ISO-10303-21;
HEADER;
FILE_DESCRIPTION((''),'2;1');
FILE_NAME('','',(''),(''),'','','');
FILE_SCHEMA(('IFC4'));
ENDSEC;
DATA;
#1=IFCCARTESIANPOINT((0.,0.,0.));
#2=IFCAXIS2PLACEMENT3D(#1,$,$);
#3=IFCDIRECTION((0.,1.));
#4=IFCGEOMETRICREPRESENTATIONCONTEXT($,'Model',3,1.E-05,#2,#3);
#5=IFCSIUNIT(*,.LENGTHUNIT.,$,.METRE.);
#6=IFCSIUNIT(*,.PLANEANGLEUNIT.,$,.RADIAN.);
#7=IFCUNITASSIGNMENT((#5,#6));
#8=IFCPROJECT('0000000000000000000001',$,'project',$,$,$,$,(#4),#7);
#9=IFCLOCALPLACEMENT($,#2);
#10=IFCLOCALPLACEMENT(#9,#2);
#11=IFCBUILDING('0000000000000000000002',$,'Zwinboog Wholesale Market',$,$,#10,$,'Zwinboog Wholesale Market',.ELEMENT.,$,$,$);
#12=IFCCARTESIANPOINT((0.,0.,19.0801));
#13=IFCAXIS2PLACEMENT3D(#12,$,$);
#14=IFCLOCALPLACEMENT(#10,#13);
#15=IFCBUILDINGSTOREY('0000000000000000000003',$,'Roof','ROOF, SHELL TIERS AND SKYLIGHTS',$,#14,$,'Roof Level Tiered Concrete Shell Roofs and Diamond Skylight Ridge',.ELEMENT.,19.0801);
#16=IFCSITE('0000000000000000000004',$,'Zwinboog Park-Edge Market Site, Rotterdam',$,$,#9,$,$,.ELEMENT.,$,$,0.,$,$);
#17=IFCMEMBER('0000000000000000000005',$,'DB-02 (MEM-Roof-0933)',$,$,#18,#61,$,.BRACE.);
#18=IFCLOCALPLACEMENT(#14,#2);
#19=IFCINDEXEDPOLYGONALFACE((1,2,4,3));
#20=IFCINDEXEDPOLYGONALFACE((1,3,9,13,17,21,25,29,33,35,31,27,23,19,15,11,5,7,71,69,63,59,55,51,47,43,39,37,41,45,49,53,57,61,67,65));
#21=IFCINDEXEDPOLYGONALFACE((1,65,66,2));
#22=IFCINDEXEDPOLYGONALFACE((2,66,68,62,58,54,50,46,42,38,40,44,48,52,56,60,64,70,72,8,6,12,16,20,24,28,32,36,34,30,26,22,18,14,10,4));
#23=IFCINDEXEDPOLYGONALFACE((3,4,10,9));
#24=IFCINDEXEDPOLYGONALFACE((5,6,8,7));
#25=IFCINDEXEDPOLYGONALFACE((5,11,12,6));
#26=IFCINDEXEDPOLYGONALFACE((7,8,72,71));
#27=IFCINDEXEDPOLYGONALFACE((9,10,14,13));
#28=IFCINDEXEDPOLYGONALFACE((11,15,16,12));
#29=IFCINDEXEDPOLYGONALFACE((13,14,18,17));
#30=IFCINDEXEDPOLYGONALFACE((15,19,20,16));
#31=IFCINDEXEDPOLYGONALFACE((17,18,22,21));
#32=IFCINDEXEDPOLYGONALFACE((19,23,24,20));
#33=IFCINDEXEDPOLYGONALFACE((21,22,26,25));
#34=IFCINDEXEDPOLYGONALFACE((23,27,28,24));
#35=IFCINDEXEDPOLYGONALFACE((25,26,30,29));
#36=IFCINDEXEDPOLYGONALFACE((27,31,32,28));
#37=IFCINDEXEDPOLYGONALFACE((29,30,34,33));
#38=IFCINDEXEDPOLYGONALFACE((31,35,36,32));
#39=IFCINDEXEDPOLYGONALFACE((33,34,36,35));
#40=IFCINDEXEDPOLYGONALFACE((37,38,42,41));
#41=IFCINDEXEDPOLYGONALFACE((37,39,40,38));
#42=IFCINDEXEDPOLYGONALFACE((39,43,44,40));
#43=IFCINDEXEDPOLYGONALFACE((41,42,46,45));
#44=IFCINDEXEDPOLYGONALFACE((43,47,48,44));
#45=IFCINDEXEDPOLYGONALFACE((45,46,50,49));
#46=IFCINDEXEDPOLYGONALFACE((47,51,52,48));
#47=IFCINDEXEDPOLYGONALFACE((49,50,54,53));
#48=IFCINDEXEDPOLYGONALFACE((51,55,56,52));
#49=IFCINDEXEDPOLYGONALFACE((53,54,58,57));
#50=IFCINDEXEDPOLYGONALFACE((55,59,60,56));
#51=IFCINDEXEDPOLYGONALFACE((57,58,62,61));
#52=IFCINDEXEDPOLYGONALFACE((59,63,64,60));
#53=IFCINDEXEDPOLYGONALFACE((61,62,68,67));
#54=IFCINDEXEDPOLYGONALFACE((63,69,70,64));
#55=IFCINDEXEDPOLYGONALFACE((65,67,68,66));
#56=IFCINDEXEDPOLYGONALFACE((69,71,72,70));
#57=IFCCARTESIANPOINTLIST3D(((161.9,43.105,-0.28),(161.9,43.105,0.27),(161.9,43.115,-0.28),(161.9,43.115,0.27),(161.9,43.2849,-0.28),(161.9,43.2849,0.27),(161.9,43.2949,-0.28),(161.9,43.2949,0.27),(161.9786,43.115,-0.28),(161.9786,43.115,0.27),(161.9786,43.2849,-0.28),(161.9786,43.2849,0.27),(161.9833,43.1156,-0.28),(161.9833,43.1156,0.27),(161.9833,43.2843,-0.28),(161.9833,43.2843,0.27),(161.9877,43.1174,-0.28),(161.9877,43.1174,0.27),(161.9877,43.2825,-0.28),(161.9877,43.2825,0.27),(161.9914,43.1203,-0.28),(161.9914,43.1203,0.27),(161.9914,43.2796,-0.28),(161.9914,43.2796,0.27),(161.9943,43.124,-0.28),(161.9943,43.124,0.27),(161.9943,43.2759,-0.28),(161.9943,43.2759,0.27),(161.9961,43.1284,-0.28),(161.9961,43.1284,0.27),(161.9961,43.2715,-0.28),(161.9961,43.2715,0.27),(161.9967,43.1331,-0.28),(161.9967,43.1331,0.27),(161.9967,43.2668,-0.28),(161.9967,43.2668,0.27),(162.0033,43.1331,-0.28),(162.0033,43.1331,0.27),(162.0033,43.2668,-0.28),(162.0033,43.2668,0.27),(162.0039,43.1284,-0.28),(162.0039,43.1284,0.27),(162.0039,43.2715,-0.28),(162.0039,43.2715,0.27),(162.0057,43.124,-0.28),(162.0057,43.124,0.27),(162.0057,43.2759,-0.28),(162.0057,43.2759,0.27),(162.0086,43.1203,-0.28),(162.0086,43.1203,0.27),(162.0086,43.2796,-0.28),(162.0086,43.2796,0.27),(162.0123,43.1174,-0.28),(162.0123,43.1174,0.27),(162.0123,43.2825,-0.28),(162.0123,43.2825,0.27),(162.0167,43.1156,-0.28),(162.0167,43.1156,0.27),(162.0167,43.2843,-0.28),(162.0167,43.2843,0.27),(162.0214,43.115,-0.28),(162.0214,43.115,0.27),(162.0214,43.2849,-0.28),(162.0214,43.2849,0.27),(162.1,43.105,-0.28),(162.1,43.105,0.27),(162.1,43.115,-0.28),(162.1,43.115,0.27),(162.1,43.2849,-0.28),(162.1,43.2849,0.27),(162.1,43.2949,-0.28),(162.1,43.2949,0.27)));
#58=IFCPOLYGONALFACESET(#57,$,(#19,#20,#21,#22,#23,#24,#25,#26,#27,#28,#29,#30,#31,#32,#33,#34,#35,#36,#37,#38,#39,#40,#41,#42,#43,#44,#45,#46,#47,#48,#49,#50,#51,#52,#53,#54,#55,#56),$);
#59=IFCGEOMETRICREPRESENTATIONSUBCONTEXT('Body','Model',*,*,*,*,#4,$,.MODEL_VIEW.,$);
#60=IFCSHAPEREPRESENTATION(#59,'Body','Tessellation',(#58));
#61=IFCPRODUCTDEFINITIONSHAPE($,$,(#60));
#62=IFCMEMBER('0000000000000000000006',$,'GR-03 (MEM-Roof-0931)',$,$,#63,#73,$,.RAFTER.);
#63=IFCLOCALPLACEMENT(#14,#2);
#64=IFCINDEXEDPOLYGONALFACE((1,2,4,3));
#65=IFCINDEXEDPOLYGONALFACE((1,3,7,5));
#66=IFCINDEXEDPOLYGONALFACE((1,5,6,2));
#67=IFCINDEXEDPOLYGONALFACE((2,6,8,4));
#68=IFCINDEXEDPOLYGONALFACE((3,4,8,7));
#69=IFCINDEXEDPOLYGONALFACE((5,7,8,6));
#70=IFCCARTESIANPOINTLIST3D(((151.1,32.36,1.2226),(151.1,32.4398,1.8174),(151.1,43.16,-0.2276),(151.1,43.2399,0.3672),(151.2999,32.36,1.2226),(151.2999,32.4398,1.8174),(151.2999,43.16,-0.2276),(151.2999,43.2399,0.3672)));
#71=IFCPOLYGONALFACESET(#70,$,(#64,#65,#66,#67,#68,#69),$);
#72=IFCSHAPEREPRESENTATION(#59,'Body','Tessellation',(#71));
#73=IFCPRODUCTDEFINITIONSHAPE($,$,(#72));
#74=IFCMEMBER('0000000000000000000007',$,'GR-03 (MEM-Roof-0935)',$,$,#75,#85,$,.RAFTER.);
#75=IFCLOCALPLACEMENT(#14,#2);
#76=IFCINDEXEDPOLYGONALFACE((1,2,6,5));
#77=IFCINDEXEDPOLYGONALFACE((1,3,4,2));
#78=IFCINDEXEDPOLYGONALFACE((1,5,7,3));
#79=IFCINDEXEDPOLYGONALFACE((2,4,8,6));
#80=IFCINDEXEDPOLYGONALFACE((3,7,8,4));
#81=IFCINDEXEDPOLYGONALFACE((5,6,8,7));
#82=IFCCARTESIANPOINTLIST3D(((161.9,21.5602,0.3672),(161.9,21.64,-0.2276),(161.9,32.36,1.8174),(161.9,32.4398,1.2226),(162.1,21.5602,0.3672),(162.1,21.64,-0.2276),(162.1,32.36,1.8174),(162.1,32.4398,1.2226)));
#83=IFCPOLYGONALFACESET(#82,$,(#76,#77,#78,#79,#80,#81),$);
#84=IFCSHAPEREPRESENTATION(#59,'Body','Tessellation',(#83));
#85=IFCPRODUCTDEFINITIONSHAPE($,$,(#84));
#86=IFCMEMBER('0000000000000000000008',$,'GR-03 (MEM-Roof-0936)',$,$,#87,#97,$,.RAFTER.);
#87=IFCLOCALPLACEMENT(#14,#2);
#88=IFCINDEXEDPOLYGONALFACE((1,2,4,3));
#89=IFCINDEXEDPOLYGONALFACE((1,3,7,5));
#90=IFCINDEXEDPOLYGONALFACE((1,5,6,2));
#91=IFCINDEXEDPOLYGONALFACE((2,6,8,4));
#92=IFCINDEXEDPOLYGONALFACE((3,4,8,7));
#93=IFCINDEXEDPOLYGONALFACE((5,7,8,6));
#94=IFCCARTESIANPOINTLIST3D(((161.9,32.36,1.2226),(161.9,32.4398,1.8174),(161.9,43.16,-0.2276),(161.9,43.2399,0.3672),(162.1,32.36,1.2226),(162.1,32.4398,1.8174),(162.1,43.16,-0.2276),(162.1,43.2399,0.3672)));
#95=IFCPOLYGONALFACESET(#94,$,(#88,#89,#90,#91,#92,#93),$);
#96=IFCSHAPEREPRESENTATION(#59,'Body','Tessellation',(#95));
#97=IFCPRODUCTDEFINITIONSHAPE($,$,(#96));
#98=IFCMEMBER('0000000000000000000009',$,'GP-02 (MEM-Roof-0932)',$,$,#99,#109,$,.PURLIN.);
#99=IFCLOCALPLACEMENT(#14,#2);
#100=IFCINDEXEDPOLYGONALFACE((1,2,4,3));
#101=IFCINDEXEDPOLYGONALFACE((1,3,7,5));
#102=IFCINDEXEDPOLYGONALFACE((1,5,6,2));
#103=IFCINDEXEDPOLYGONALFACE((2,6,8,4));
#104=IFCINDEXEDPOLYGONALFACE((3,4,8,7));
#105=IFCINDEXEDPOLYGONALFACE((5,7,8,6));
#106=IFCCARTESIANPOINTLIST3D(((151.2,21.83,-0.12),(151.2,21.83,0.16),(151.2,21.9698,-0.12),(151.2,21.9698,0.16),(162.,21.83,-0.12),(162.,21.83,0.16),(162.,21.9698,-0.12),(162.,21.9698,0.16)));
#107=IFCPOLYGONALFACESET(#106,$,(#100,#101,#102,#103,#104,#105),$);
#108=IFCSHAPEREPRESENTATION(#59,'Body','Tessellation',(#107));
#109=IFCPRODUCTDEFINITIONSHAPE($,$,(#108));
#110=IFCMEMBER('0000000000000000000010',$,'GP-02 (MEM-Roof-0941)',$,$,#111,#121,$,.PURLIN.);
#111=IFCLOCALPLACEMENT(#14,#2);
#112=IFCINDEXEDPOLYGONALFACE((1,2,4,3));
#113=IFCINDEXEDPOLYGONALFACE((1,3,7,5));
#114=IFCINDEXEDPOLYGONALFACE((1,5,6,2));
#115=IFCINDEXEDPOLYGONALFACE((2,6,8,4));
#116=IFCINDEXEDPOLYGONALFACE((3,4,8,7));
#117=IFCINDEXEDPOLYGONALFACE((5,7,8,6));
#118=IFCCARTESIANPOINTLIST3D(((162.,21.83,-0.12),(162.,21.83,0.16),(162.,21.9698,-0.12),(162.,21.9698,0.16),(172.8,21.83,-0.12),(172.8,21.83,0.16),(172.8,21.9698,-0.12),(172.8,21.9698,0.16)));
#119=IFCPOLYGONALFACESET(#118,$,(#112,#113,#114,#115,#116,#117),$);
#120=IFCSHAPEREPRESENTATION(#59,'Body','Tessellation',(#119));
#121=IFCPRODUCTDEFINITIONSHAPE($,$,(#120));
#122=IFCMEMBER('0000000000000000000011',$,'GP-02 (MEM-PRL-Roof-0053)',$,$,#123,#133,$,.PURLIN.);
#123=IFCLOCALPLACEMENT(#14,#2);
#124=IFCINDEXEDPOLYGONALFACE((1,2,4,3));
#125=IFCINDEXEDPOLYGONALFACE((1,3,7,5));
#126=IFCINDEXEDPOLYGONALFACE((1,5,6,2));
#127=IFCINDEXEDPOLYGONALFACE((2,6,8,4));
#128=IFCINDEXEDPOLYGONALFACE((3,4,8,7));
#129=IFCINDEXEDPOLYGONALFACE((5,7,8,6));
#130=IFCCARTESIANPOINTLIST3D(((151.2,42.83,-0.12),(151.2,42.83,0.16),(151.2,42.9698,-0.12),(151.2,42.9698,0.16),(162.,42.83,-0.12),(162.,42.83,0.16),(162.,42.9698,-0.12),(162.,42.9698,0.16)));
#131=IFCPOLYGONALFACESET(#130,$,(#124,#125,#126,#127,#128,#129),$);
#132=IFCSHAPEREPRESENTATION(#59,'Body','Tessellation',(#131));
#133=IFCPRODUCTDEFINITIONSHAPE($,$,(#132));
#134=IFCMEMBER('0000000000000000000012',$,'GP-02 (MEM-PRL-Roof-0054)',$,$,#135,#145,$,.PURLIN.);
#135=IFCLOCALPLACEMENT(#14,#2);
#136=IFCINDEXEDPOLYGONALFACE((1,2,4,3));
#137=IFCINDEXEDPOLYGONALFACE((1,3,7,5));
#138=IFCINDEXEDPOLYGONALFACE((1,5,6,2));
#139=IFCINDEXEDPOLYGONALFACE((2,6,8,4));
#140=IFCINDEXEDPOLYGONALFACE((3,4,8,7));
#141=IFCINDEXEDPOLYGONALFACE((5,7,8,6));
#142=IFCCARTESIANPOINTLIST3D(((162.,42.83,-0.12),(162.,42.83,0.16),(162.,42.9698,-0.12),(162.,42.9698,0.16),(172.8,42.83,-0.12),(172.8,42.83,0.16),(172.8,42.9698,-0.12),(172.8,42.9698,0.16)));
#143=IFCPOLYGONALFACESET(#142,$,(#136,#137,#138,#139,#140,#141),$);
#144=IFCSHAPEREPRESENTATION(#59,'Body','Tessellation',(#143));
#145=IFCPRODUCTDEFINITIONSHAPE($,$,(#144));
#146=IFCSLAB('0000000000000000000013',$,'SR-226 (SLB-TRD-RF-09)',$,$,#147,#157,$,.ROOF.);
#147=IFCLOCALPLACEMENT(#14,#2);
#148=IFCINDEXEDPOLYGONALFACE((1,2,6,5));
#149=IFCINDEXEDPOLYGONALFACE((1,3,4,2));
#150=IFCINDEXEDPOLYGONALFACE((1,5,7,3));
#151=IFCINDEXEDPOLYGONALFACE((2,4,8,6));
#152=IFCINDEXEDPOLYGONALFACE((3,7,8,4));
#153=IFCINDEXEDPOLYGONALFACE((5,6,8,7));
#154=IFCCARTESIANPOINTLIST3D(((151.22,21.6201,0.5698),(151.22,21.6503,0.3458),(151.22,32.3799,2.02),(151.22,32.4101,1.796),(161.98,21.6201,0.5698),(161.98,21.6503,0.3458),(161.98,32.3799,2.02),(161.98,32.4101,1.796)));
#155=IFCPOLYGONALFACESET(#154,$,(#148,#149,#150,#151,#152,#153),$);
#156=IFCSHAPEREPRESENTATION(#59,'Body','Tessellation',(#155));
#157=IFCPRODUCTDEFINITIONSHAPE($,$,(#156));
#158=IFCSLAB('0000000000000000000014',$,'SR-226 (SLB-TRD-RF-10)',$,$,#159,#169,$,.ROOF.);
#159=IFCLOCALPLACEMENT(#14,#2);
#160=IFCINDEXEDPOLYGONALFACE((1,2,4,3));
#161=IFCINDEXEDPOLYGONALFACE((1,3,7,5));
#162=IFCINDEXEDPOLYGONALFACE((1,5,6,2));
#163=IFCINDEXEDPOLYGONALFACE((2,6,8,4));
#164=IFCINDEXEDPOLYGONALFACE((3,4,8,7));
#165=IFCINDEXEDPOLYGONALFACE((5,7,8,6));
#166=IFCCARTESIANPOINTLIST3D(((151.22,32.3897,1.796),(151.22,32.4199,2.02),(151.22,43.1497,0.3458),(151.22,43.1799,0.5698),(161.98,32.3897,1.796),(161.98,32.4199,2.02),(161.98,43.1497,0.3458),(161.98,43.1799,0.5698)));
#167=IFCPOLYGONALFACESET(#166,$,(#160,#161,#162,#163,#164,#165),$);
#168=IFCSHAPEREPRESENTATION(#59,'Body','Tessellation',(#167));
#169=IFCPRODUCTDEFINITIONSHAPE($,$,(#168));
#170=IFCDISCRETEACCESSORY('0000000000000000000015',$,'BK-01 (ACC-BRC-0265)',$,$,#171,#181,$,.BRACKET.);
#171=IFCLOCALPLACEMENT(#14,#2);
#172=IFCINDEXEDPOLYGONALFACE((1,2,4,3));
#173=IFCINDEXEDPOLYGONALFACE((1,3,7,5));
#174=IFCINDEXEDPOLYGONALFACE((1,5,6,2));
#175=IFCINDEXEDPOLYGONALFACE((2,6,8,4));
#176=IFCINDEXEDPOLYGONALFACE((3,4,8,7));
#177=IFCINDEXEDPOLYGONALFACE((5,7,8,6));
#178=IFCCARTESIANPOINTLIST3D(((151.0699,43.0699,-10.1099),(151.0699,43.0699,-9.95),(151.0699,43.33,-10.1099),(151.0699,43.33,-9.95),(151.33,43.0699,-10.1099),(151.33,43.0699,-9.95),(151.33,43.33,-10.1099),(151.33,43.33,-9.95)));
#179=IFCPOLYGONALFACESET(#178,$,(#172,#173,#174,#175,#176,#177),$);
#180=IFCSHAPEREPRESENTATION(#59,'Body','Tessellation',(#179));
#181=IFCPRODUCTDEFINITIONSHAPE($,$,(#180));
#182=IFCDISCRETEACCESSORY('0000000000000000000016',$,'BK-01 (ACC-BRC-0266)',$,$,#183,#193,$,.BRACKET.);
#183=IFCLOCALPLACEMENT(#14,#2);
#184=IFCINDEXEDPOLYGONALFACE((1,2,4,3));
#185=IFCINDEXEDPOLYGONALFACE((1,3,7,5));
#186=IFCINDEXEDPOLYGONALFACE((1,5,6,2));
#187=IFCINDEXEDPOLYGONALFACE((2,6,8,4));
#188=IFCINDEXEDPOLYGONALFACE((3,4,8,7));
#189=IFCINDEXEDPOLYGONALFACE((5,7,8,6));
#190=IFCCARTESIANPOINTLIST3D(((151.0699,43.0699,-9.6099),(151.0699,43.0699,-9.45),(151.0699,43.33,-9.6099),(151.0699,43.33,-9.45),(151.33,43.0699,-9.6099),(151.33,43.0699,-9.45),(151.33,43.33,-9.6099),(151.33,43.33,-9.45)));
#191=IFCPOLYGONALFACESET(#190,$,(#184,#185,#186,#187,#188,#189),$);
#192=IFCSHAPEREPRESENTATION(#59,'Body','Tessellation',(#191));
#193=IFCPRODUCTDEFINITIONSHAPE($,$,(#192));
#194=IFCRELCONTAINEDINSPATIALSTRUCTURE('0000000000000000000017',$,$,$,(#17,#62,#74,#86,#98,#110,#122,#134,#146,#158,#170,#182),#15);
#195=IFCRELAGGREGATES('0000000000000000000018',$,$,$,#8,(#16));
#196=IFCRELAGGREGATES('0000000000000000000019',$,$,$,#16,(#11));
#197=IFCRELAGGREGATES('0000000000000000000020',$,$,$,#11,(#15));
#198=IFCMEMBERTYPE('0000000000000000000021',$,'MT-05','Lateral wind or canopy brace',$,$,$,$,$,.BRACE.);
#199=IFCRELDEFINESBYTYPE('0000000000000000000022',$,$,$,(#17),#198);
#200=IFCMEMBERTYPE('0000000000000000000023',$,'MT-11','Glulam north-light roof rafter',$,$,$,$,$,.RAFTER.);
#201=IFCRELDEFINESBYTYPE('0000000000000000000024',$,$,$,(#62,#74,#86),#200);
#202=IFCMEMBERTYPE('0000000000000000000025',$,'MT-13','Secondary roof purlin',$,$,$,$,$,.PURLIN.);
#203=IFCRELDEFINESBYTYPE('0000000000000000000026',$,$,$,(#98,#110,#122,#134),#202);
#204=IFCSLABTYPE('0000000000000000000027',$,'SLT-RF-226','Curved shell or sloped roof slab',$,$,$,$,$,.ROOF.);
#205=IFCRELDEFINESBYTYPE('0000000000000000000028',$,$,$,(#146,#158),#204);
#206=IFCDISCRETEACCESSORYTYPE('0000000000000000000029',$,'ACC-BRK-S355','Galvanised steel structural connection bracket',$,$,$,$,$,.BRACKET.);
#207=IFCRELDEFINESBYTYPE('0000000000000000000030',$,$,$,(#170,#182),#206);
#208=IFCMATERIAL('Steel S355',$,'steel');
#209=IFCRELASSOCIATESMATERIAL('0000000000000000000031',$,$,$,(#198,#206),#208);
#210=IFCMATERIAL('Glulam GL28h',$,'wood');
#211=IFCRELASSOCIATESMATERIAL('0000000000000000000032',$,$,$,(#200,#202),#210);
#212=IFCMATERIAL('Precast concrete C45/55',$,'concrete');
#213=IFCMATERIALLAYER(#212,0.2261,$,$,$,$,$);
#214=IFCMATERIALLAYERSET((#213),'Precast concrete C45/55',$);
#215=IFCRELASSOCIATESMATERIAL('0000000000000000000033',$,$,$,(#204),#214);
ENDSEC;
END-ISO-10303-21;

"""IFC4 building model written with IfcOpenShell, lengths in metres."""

from ifc_helpers import new_model, si_unit, direction, frame, origin, origin_2d, place, context, subcontext, project, spatial, polyline, rectangle, i_section, outline, extrude, material, layer, layer_set, material_profile, profile_set, type_object, element, save


model = new_model("IFC4")

# Units and contexts
model_context = context("Model", 3, precision=1e-05, world=origin(), true_north=direction((0.0, 1.0)))
body_context = subcontext(model_context, "Body", "Model", "MODEL_VIEW")
ifc_project = project(units=[si_unit("LENGTHUNIT", "METRE"), si_unit("PLANEANGLEUNIT", "RADIAN")], contexts=[model_context])

# Site, building, storey
site_placement = place(None, origin())
site = spatial("IfcSite", under=ifc_project, at=site_placement, Name="Zwinboog Park-Edge Market Site, Rotterdam", CompositionType="ELEMENT", RefElevation=0.0)
building_placement = place(site_placement, origin())
building = spatial("IfcBuilding", under=site, at=building_placement, Name="Zwinboog Wholesale Market", LongName="Zwinboog Wholesale Market", CompositionType="ELEMENT")
storey_placement = place(building_placement, frame((0.0, 0.0, 19.0801)))
storey = spatial("IfcBuildingStorey", under=building, at=storey_placement, Name="Roof", Description="ROOF, SHELL TIERS AND SKYLIGHTS", LongName="Roof Level Tiered Concrete Shell Roofs and Diamond Skylight Ridge", CompositionType="ELEMENT", Elevation=19.0801)

# Shared definitions
ifc_material_1 = material(Name="Precast concrete C45/55", Category="concrete")

# Members
ifc_material_2 = material(Name="Steel S355", Category="steel")
ifc_material_profile_1 = material_profile(ifc_material_2, i_section(OverallWidth=0.2, OverallDepth=0.1899, WebThickness=0.0066, FlangeThickness=0.01, FilletRadius=0.0181, at=origin_2d()), Name="HEA 200")
ifc_profile_set_1 = profile_set([ifc_material_profile_1], Name="Steel S355")
member_type_1 = type_object("IfcMemberType", Name="MT-05", Description="Lateral wind or canopy brace", PredefinedType="BRACE", material=ifc_profile_set_1)
for number, where, z_axis, x_axis, name in (
    (1, (162.0, 43.2, -0.28), (0.0, 0.0, 1.0), (1.0, 0.0, 0.0), "DB-02 (MEM-Roof-0933)"),
):
    element("IfcMember", number, at=place(storey_placement, frame(where, z_axis=z_axis, x_axis=x_axis)), inside=storey, type_object=member_type_1, Name=name, PredefinedType="BRACE", context=body_context, shape_type="SweptSolid", body=[
        extrude(i_section(OverallWidth=0.2, OverallDepth=0.1899, WebThickness=0.0066, FlangeThickness=0.01, FilletRadius=0.0181, at=origin_2d()), origin(), (0.0, 0.0, 1.0), 0.55),
    ])
ifc_material_3 = material(Name="Glulam GL28h", Category="wood")
ifc_material_profile_2 = material_profile(ifc_material_3, rectangle(XDim=0.2, YDim=0.6001, at=origin_2d()), Name="GL28h 200x600")
ifc_profile_set_2 = profile_set([ifc_material_profile_2], Name="Glulam GL28h")
member_type_2 = type_object("IfcMemberType", Name="MT-11", Description="Glulam north-light roof rafter", PredefinedType="RAFTER", material=ifc_profile_set_2)
member_1_placement = place(storey_placement, frame((151.2, 32.3999, 1.52), z_axis=(0.0, 0.991105, -0.133082), x_axis=(-1.0, 0.0, 0.0)))
element("IfcMember", 2, at=member_1_placement, inside=storey, type_object=member_type_2, Name="GR-03 (MEM-Roof-0931)", PredefinedType="RAFTER", context=body_context, shape_type="SweptSolid", body=[
    extrude(rectangle(XDim=0.2, YDim=0.6001, at=origin_2d()), origin(), (0.0, 0.0, 1.0), 10.897),
])
member_2_placement = place(storey_placement, frame((162.0, 21.6001, 0.0698), z_axis=(0.0, 0.991105, 0.133085), x_axis=(-1.0, 0.0, 0.0)))
element("IfcMember", 3, at=member_2_placement, inside=storey, type_object=member_type_2, Name="GR-03 (MEM-Roof-0935)", PredefinedType="RAFTER", context=body_context, shape_type="SweptSolid", body=[
    extrude(rectangle(XDim=0.2, YDim=0.6001, at=origin_2d()), origin(), (0.0, 0.0, 1.0), 10.8967),
])
member_3_placement = place(storey_placement, frame((162.0, 32.3999, 1.52), z_axis=(0.0, 0.991105, -0.133082), x_axis=(-1.0, 0.0, 0.0)))
element("IfcMember", 4, at=member_3_placement, inside=storey, type_object=member_type_2, Name="GR-03 (MEM-Roof-0936)", PredefinedType="RAFTER", context=body_context, shape_type="SweptSolid", body=[
    extrude(rectangle(XDim=0.2, YDim=0.6001, at=origin_2d()), origin(), (0.0, 0.0, 1.0), 10.897),
])
ifc_material_profile_3 = material_profile(ifc_material_3, rectangle(XDim=0.1399, YDim=0.28, at=origin_2d()), Name="GL28h 140x280")
ifc_profile_set_3 = profile_set([ifc_material_profile_3], Name="Glulam GL28h")
member_type_3 = type_object("IfcMemberType", Name="MT-13", Description="Secondary roof purlin", PredefinedType="PURLIN", material=ifc_profile_set_3)
for number, where, z_axis, x_axis, name in (
    (5, (151.2, 21.8999, 0.02), (1.0, 0.0, 0.0), (0.0, 1.0, 0.0), "GP-02 (MEM-Roof-0932)"),
    (6, (162.0, 21.8999, 0.02), (1.0, 0.0, 0.0), (0.0, 1.0, 0.0), "GP-02 (MEM-Roof-0941)"),
    (7, (151.2, 42.8999, 0.02), (1.0, 0.0, 0.0), (0.0, 1.0, 0.0), "GP-02 (MEM-PRL-Roof-0053)"),
    (8, (162.0, 42.8999, 0.02), (1.0, 0.0, 0.0), (0.0, 1.0, 0.0), "GP-02 (MEM-PRL-Roof-0054)"),
):
    element("IfcMember", number, at=place(storey_placement, frame(where, z_axis=z_axis, x_axis=x_axis)), inside=storey, type_object=member_type_3, Name=name, PredefinedType="PURLIN", context=body_context, shape_type="SweptSolid", body=[
        extrude(rectangle(XDim=0.1399, YDim=0.28, at=origin_2d()), origin(), (0.0, 0.0, 1.0), 10.8),
    ])

# Slabs
ifc_layer = layer(ifc_material_1, 0.2261)
ifc_layer_set = layer_set([ifc_layer], Name="Precast concrete C45/55")
slab_type = type_object("IfcSlabType", Name="SLT-RF-226", Description="Curved shell or sloped roof slab", PredefinedType="ROOF", material=ifc_layer_set)
slab_1_placement = place(storey_placement, frame((151.22, 21.6201, 0.5698), z_axis=(0.0, -0.133572, 0.991039), x_axis=(1.0, 0.0, 0.0)))
element("IfcSlab", 9, at=slab_1_placement, inside=storey, type_object=slab_type, Name="SR-226 (SLB-TRD-RF-09)", PredefinedType="ROOF", context=body_context, shape_type="SweptSolid", body=[
    extrude(outline(polyline([(0.0, 0.0), (10.76, 0.0), (10.76, 10.8571), (0.0, 10.8571), (0.0, 0.0)])), origin(), (0.0, 0.0, -1.0), 0.2261),
])
slab_2_placement = place(storey_placement, frame((151.22, 32.4199, 2.02), z_axis=(0.0, 0.133569, 0.99104), x_axis=(1.0, 0.0, 0.0)))
element("IfcSlab", 10, at=slab_2_placement, inside=storey, type_object=slab_type, Name="SR-226 (SLB-TRD-RF-10)", PredefinedType="ROOF", context=body_context, shape_type="SweptSolid", body=[
    extrude(outline(polyline([(0.0, 0.0), (10.76, 0.0), (10.76, 10.8573), (0.0, 10.8573), (0.0, 0.0)])), origin(), (0.0, 0.0, -1.0), 0.2261),
])

# Discrete accessories
discrete_accessory_type = type_object("IfcDiscreteAccessoryType", Name="ACC-BRK-S355", Description="Galvanised steel structural connection bracket", PredefinedType="BRACKET", material=ifc_material_2)
for number, where, z_axis, x_axis, name in (
    (11, (151.2, 43.2, -10.1099), (0.0, 0.0, 1.0), (1.0, 0.0, 0.0), "BK-01 (ACC-BRC-0265)"),
    (12, (151.2, 43.2, -9.6099), (0.0, 0.0, 1.0), (1.0, 0.0, 0.0), "BK-01 (ACC-BRC-0266)"),
):
    element("IfcDiscreteAccessory", number, at=place(storey_placement, frame(where, z_axis=z_axis, x_axis=x_axis)), inside=storey, type_object=discrete_accessory_type, Name=name, PredefinedType="BRACKET", context=body_context, shape_type="SweptSolid", body=[
        extrude(rectangle(XDim=0.26, YDim=0.26, at=origin_2d()), origin(), (0.0, 0.0, 1.0), 0.1599),
    ])

save(model, "model.ifc")
